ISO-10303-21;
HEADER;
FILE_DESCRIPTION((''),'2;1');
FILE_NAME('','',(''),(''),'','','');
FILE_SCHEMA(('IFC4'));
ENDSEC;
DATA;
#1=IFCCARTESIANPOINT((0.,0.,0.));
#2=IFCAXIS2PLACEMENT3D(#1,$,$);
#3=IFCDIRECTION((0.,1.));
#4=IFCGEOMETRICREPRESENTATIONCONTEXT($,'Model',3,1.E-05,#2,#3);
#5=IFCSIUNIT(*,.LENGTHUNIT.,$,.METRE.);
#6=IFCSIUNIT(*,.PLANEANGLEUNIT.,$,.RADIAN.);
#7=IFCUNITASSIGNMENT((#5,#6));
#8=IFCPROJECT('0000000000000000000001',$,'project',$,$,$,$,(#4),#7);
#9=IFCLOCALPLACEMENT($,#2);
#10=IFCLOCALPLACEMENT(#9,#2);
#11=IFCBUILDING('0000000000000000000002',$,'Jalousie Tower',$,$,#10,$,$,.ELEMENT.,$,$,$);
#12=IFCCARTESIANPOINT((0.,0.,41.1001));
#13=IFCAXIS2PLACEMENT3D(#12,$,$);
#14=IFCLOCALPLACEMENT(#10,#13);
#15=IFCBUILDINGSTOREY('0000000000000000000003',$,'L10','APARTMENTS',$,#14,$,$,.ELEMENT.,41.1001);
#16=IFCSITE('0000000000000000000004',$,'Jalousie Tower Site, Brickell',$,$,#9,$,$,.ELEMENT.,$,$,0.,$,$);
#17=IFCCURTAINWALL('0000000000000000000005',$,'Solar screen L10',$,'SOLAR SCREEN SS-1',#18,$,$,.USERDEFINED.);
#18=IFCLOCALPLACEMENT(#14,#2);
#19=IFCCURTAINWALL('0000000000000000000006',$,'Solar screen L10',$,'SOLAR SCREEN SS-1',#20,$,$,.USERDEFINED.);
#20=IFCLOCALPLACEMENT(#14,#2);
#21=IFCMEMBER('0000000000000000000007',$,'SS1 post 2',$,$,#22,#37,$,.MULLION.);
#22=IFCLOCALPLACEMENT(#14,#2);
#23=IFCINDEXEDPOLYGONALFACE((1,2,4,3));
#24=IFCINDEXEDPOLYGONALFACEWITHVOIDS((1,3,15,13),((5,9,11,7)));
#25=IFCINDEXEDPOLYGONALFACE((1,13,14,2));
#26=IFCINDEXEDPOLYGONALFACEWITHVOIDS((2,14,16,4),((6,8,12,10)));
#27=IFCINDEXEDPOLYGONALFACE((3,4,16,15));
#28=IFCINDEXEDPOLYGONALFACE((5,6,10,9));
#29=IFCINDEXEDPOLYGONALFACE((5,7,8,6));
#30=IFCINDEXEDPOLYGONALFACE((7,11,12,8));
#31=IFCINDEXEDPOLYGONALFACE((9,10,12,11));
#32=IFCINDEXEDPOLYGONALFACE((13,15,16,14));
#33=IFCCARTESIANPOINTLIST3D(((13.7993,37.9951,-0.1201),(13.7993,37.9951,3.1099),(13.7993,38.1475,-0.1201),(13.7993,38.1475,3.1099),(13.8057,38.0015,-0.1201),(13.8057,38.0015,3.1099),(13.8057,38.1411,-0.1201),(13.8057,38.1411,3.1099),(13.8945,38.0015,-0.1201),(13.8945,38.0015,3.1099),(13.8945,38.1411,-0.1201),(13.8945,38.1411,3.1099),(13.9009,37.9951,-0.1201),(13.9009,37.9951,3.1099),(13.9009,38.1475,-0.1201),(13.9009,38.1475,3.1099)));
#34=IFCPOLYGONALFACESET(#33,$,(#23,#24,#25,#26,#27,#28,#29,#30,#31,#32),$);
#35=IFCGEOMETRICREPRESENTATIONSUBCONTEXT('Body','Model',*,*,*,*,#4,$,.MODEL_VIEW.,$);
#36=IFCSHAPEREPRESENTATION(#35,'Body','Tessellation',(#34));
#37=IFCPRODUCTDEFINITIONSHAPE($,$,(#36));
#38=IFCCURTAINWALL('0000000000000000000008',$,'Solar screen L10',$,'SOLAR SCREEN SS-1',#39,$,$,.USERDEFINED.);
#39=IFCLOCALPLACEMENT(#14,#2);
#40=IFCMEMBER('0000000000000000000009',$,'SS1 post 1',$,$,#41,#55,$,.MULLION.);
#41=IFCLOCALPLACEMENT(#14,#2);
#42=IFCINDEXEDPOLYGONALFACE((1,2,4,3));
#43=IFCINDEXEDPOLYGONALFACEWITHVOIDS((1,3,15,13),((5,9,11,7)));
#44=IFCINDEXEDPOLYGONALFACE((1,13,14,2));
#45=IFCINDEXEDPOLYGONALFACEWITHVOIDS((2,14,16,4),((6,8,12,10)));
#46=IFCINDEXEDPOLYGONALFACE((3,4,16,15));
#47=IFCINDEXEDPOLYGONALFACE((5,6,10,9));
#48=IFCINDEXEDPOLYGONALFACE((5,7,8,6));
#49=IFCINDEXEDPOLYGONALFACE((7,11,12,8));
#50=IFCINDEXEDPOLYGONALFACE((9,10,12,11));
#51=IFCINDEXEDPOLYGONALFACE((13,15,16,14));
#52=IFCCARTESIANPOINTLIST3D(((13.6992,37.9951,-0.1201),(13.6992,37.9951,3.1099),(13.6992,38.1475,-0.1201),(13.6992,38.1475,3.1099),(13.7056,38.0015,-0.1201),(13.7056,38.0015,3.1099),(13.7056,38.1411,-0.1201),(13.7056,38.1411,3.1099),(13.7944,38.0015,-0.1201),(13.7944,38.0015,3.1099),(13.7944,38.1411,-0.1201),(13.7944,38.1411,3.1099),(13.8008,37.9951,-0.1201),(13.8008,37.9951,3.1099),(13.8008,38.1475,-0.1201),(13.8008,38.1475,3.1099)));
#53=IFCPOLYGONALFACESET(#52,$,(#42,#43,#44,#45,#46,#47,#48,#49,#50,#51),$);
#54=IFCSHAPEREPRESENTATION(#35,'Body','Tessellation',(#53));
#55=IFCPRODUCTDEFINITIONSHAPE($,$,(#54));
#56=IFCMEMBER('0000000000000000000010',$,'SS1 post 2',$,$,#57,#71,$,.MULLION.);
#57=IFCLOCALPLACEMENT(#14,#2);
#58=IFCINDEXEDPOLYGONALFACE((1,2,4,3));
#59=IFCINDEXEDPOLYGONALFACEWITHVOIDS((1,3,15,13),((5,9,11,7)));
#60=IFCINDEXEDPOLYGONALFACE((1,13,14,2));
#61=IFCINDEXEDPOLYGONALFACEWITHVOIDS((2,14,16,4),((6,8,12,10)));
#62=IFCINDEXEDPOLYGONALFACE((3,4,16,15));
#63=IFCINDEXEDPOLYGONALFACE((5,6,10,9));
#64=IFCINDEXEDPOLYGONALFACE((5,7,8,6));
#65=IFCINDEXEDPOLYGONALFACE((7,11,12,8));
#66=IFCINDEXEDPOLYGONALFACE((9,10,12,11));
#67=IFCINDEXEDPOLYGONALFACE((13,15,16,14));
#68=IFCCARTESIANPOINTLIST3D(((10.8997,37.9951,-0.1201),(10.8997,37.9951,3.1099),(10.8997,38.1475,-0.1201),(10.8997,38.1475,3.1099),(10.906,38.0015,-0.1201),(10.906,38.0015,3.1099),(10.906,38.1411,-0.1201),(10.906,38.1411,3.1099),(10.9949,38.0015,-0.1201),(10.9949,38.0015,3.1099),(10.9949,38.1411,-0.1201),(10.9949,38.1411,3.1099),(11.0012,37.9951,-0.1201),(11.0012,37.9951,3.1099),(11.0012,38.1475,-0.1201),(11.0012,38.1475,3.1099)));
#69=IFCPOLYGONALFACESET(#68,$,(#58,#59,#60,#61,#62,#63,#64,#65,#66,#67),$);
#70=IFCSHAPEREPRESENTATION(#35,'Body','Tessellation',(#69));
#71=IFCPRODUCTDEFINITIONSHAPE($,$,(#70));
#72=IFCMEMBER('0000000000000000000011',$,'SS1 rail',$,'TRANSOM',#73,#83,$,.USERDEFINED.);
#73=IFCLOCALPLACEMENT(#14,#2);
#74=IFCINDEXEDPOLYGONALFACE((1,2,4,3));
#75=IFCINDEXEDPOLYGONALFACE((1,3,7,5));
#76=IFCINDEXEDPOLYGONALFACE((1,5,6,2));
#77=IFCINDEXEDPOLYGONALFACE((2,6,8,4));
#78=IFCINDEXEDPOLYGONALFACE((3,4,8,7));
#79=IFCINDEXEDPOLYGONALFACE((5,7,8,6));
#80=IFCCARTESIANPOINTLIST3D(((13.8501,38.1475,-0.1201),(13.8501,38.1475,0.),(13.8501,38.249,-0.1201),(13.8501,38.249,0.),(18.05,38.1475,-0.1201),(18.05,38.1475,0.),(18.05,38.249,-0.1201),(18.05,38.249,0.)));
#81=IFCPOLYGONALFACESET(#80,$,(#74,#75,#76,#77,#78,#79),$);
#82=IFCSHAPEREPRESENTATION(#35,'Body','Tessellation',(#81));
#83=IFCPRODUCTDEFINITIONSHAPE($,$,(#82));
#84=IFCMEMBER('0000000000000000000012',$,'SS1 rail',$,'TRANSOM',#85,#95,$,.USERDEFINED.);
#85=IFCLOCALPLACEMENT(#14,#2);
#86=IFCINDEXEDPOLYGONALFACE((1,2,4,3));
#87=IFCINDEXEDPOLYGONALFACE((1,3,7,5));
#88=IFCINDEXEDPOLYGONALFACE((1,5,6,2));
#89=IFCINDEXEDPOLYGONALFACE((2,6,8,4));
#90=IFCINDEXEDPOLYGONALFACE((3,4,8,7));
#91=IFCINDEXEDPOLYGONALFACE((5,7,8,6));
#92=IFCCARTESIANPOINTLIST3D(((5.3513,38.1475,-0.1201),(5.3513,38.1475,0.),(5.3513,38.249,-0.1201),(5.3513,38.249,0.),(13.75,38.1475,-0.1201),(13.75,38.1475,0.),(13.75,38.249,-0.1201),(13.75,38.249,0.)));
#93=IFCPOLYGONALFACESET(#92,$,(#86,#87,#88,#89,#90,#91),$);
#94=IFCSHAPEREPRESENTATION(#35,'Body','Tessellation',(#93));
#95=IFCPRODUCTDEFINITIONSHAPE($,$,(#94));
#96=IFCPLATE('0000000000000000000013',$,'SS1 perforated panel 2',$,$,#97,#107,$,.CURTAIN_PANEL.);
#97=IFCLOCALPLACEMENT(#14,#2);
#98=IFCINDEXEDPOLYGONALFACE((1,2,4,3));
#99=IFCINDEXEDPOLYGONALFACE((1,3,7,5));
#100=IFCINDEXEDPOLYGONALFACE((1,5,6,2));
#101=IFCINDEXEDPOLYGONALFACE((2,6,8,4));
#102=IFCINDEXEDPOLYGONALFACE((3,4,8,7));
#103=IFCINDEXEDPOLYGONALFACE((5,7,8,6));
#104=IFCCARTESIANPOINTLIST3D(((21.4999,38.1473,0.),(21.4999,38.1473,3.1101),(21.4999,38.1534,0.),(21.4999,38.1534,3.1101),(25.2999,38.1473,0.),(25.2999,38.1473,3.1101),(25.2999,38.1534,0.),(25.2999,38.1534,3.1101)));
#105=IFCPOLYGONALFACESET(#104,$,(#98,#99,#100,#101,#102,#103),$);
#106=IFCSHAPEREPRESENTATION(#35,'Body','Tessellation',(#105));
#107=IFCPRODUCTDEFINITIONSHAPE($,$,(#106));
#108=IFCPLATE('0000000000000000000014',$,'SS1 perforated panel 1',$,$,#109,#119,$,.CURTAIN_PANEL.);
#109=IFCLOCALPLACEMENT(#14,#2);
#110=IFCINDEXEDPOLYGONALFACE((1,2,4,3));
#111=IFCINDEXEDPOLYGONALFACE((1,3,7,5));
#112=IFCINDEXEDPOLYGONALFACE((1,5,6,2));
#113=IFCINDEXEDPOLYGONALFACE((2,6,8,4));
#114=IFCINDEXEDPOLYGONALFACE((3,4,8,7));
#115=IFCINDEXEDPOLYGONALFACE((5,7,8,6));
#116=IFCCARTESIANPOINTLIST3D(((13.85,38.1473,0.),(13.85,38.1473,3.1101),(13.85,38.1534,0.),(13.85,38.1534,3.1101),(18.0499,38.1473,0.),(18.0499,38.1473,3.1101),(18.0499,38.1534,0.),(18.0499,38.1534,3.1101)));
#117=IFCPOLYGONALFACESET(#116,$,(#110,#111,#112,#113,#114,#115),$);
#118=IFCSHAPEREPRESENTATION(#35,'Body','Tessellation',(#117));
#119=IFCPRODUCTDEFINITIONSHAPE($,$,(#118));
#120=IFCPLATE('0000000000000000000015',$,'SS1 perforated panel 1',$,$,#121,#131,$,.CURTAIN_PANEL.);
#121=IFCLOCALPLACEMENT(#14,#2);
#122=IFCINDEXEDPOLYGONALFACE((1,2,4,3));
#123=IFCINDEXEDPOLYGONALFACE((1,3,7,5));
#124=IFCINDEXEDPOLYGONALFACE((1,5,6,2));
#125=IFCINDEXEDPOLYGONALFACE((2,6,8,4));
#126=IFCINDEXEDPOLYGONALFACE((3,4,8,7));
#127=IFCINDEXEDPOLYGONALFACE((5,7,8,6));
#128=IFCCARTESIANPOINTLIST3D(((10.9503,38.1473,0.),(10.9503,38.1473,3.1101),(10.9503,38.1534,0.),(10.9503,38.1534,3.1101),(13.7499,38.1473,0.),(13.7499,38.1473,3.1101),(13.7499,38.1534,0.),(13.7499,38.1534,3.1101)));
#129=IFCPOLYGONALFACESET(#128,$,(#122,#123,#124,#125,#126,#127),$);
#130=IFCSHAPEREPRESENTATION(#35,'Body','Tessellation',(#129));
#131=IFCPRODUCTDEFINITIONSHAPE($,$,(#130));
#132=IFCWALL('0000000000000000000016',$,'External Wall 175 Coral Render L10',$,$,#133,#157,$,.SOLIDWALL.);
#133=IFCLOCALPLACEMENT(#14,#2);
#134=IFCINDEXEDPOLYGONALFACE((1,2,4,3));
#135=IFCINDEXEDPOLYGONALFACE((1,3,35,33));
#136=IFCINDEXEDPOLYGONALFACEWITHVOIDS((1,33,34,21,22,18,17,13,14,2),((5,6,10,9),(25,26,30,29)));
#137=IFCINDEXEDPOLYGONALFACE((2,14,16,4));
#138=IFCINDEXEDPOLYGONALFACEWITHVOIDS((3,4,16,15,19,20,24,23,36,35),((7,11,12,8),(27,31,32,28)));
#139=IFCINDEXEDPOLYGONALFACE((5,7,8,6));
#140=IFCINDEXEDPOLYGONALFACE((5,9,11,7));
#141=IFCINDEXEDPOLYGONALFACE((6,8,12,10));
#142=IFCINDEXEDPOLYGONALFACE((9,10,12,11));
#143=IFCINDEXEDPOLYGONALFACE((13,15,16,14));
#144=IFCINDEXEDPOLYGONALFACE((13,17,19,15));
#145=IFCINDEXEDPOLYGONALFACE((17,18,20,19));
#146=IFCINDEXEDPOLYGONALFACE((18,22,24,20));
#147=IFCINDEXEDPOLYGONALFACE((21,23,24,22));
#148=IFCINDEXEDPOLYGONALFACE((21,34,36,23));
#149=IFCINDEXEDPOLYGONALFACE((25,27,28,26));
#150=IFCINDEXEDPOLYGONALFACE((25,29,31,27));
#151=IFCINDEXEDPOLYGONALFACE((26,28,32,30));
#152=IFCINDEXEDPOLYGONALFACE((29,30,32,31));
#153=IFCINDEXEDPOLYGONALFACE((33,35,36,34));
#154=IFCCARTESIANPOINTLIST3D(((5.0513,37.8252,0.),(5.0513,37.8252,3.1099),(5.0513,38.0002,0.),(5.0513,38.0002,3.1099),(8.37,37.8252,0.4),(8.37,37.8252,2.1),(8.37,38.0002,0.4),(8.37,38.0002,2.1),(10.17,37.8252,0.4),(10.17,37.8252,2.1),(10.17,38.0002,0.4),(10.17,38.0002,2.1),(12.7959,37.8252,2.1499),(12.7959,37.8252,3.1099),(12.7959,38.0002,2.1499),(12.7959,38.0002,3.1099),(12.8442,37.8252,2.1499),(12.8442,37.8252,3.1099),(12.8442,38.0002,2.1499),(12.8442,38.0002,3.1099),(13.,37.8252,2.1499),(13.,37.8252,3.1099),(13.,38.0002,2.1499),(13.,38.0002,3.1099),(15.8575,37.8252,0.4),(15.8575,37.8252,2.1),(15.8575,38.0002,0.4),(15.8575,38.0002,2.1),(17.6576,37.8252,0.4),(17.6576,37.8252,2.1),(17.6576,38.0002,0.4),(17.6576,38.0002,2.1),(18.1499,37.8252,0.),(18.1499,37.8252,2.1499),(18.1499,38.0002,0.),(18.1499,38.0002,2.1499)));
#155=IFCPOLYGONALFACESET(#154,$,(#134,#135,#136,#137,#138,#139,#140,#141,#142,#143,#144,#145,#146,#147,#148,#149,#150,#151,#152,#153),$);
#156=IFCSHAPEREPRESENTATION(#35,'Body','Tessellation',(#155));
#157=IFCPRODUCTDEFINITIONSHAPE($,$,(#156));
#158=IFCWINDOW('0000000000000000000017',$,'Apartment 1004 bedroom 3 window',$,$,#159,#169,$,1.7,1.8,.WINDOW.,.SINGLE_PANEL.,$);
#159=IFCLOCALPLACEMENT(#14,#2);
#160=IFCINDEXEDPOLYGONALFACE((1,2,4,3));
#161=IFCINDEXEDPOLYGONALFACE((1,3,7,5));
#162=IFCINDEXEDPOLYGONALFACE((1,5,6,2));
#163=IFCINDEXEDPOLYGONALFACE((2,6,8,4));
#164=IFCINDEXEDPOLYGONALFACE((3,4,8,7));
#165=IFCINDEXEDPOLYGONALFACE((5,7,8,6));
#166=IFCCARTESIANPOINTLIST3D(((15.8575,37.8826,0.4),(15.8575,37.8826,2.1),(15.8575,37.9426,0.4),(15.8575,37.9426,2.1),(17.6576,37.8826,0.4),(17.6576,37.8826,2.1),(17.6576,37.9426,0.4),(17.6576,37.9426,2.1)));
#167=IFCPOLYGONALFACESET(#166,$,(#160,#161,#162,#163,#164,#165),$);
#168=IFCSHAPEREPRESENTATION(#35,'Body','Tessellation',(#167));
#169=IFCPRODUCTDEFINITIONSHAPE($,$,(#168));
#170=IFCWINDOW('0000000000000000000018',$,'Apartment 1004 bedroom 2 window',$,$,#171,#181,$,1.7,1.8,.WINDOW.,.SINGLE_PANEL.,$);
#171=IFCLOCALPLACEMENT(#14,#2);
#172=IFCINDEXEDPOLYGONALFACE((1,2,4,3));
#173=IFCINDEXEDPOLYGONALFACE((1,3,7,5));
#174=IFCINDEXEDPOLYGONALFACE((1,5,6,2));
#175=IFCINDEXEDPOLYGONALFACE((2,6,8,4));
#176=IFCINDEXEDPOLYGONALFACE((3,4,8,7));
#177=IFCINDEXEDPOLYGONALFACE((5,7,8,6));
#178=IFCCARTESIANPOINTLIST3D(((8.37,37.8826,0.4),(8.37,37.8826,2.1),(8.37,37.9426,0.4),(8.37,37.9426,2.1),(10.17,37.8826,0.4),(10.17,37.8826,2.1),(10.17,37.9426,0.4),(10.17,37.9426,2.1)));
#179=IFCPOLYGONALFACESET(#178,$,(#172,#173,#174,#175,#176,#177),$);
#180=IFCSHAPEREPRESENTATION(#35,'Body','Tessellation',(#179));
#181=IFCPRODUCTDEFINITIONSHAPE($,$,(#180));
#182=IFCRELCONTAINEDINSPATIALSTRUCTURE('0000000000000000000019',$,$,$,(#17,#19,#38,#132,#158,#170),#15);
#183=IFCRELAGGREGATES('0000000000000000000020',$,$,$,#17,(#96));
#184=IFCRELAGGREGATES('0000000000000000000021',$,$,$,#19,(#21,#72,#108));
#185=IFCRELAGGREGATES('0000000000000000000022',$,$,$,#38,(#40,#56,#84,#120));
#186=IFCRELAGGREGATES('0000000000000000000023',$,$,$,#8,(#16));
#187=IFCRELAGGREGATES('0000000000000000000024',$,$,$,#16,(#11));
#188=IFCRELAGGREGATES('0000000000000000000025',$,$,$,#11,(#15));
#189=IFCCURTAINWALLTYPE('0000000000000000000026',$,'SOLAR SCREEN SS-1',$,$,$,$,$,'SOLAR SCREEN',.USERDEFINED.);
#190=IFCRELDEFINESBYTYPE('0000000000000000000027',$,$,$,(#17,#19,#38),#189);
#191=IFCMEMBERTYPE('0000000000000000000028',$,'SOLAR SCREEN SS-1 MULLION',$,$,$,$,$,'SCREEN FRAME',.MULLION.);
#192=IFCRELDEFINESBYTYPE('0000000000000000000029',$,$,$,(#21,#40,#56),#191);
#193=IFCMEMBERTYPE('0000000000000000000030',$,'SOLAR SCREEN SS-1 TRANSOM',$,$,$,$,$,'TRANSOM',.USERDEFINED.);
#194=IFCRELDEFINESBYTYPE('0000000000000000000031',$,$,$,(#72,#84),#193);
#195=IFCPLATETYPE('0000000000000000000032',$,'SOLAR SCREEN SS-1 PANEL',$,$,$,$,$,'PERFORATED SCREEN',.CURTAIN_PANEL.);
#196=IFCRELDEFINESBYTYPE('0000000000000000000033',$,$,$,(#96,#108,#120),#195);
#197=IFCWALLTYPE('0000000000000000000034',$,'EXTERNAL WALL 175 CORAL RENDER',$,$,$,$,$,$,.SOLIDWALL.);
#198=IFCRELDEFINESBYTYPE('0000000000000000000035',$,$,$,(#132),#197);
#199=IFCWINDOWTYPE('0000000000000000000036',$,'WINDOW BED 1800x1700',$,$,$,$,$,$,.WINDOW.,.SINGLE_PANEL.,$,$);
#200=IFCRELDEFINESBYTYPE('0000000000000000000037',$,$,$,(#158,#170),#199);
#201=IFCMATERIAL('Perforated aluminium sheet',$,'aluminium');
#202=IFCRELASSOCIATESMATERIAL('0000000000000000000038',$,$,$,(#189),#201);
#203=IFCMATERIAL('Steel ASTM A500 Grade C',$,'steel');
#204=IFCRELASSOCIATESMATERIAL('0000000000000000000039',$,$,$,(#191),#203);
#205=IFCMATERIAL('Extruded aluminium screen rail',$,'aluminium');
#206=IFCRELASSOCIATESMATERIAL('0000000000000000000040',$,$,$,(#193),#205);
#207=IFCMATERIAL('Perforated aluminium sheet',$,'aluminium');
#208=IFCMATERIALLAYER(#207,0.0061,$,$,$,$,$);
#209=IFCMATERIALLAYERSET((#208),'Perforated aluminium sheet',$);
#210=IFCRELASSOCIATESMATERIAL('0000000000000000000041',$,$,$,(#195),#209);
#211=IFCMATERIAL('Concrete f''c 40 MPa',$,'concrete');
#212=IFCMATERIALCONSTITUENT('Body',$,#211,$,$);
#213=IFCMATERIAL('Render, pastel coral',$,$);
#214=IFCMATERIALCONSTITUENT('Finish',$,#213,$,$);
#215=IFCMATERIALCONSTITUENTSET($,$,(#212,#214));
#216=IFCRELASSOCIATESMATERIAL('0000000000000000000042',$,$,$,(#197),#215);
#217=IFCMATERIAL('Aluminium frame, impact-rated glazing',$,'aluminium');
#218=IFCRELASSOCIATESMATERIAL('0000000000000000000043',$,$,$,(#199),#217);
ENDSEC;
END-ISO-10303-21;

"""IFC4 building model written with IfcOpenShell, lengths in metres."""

from ifc_helpers import new_model, si_unit, direction, frame, frame_2d, origin, origin_2d, place, context, subcontext, project, spatial, polyline, rectangle, hollow_rectangle, outline, extrude, material, layer, layer_set, constituent, constituent_set, material_profile, profile_set, type_object, element, fill, aggregate, save


model = new_model("IFC4")

# Units and contexts
model_context = context("Model", 3, precision=1e-05, world=origin(), true_north=direction((0.0, 1.0)))
body_context = subcontext(model_context, "Body", "Model", "MODEL_VIEW")
ifc_project = project(units=[si_unit("LENGTHUNIT", "METRE"), si_unit("PLANEANGLEUNIT", "RADIAN")], contexts=[model_context])

# Site, building, storey
site_placement = place(None, origin())
site = spatial("IfcSite", under=ifc_project, at=site_placement, Name="Jalousie Tower Site, Brickell", CompositionType="ELEMENT", RefElevation=0.0)
building_placement = place(site_placement, origin())
building = spatial("IfcBuilding", under=site, at=building_placement, Name="Jalousie Tower", CompositionType="ELEMENT")
storey_placement = place(building_placement, frame((0.0, 0.0, 41.1001)))
storey = spatial("IfcBuildingStorey", under=building, at=storey_placement, Name="L10", Description="APARTMENTS", CompositionType="ELEMENT", Elevation=41.1001)

# Curtain wall
ifc_material_1 = material(Name="Perforated aluminium sheet", Category="aluminium")
curtain_wall_type = type_object("IfcCurtainWallType", Name="SOLAR SCREEN SS-1", ElementType="SOLAR SCREEN", PredefinedType="USERDEFINED", material=ifc_material_1)
curtain_wall_1_placement = place(storey_placement, origin())
curtain_wall_1 = element("IfcCurtainWall", 1, at=curtain_wall_1_placement, inside=storey, type_object=curtain_wall_type, Name="Solar screen L10", ObjectType="SOLAR SCREEN SS-1", PredefinedType="USERDEFINED")
ifc_material_2 = material(Name="Steel ASTM A500 Grade C", Category="steel")
ifc_material_profile_1 = material_profile(ifc_material_2, hollow_rectangle(XDim=0.1016, YDim=0.1523, WallThickness=0.0063, at=origin_2d()), Name="HSS6X4X1/4")
ifc_profile_set_1 = profile_set([ifc_material_profile_1], Name="Steel ASTM A500 Grade C")
member_type_1 = type_object("IfcMemberType", Name="SOLAR SCREEN SS-1 MULLION", ElementType="SCREEN FRAME", PredefinedType="MULLION", material=ifc_profile_set_1)

# Curtain walls, members
curtain_wall_2_placement = place(storey_placement, origin())
curtain_wall_2 = element("IfcCurtainWall", 2, at=curtain_wall_2_placement, inside=storey, type_object=curtain_wall_type, Name="Solar screen L10", ObjectType="SOLAR SCREEN SS-1", PredefinedType="USERDEFINED")
member_1_placement = place(storey_placement, frame((13.8501, 38.0713, -0.1201), z_axis=(0.0, 0.0, 1.0), x_axis=(-1.0, 0.0, 0.0)))
member_1 = element("IfcMember", 3, at=member_1_placement, type_object=member_type_1, Name="SS1 post 2", PredefinedType="MULLION", context=body_context, shape_type="SweptSolid", body=[
    extrude(hollow_rectangle(XDim=0.1016, YDim=0.1523, WallThickness=0.0063, at=origin_2d()), origin(), (0.0, 0.0, 1.0), 3.23),
])
curtain_wall_3_placement = place(storey_placement, origin())
curtain_wall_3 = element("IfcCurtainWall", 4, at=curtain_wall_3_placement, inside=storey, type_object=curtain_wall_type, Name="Solar screen L10", ObjectType="SOLAR SCREEN SS-1", PredefinedType="USERDEFINED")
member_2_placement = place(storey_placement, frame((13.75, 38.0713, -0.1201), z_axis=(0.0, 0.0, 1.0), x_axis=(-1.0, 0.0, 0.0)))
member_2 = element("IfcMember", 5, at=member_2_placement, type_object=member_type_1, Name="SS1 post 1", PredefinedType="MULLION", context=body_context, shape_type="SweptSolid", body=[
    extrude(hollow_rectangle(XDim=0.1016, YDim=0.1523, WallThickness=0.0063, at=origin_2d()), origin(), (0.0, 0.0, 1.0), 3.23),
])
member_3_placement = place(storey_placement, frame((10.9504, 38.0713, -0.1201), z_axis=(0.0, 0.0, 1.0), x_axis=(-1.0, 0.0, 0.0)))
member_3 = element("IfcMember", 6, at=member_3_placement, type_object=member_type_1, Name="SS1 post 2", PredefinedType="MULLION", context=body_context, shape_type="SweptSolid", body=[
    extrude(hollow_rectangle(XDim=0.1016, YDim=0.1523, WallThickness=0.0063, at=origin_2d()), origin(), (0.0, 0.0, 1.0), 3.23),
])

# Members
ifc_material_3 = material(Name="Extruded aluminium screen rail", Category="aluminium")
ifc_material_profile_2 = material_profile(ifc_material_3, rectangle(XDim=0.1016, YDim=0.1201, at=origin_2d()), Name="RAIL 102x120")
ifc_profile_set_2 = profile_set([ifc_material_profile_2], Name="Extruded aluminium screen rail")
member_type_2 = type_object("IfcMemberType", Name="SOLAR SCREEN SS-1 TRANSOM", ElementType="TRANSOM", PredefinedType="USERDEFINED", material=ifc_profile_set_2)
member_4_placement = place(storey_placement, frame((18.05, 38.1982, -0.0601), z_axis=(-1.0, 0.0, 0.0), x_axis=(0.0, -1.0, 0.0)))
member_4 = element("IfcMember", 7, at=member_4_placement, type_object=member_type_2, Name="SS1 rail", ObjectType="TRANSOM", PredefinedType="USERDEFINED", context=body_context, shape_type="SweptSolid", body=[
    extrude(rectangle(XDim=0.1016, YDim=0.1201, at=origin_2d()), origin(), (0.0, 0.0, 1.0), 4.2),
])
member_5_placement = place(storey_placement, frame((13.75, 38.1982, -0.0601), z_axis=(-1.0, 0.0, 0.0), x_axis=(0.0, -1.0, 0.0)))
member_5 = element("IfcMember", 8, at=member_5_placement, type_object=member_type_2, Name="SS1 rail", ObjectType="TRANSOM", PredefinedType="USERDEFINED", context=body_context, shape_type="SweptSolid", body=[
    extrude(rectangle(XDim=0.1016, YDim=0.1201, at=origin_2d()), origin(), (0.0, 0.0, 1.0), 8.3987),
])

# Plates
ifc_material_4 = material(Name="Perforated aluminium sheet", Category="aluminium")
ifc_layer_1 = layer(ifc_material_4, 0.0061)
ifc_layer_set_1 = layer_set([ifc_layer_1], Name="Perforated aluminium sheet")
plate_type = type_object("IfcPlateType", Name="SOLAR SCREEN SS-1 PANEL", ElementType="PERFORATED SCREEN", PredefinedType="CURTAIN_PANEL", material=ifc_layer_set_1)
plate_1_placement = place(storey_placement, frame((23.3999, 38.1504, 0.0), z_axis=(0.0, 0.0, 1.0), x_axis=(-1.0, 0.0, 0.0)))
plate_1 = element("IfcPlate", 9, at=plate_1_placement, type_object=plate_type, Name="SS1 perforated panel 2", PredefinedType="CURTAIN_PANEL", context=body_context, shape_type="SweptSolid", body=[
    extrude(rectangle(XDim=3.8, YDim=0.0061, at=origin_2d()), origin(), (0.0, 0.0, 1.0), 3.1101),
])
aggregate(curtain_wall_1, [plate_1])
plate_2_placement = place(storey_placement, frame((15.95, 38.1504, 0.0), z_axis=(0.0, 0.0, 1.0), x_axis=(-1.0, 0.0, 0.0)))
plate_2 = element("IfcPlate", 10, at=plate_2_placement, type_object=plate_type, Name="SS1 perforated panel 1", PredefinedType="CURTAIN_PANEL", context=body_context, shape_type="SweptSolid", body=[
    extrude(rectangle(XDim=4.2, YDim=0.0061, at=origin_2d()), origin(), (0.0, 0.0, 1.0), 3.1101),
])
aggregate(curtain_wall_2, [member_1, member_4, plate_2])
plate_3_placement = place(storey_placement, frame((12.3501, 38.1504, 0.0), z_axis=(0.0, 0.0, 1.0), x_axis=(-1.0, 0.0, 0.0)))
plate_3 = element("IfcPlate", 11, at=plate_3_placement, type_object=plate_type, Name="SS1 perforated panel 1", PredefinedType="CURTAIN_PANEL", context=body_context, shape_type="SweptSolid", body=[
    extrude(rectangle(XDim=2.7996, YDim=0.0061, at=origin_2d()), origin(), (0.0, 0.0, 1.0), 3.1101),
])
aggregate(curtain_wall_3, [member_2, member_3, member_5, plate_3])

# Wall, openings, windows
ifc_material_5 = material(Name="Concrete f'c 40 MPa", Category="concrete")
ifc_constituent_1 = constituent(ifc_material_5, Name="Body")
ifc_material_6 = material(Name="Render, pastel coral")
ifc_constituent_2 = constituent(ifc_material_6, Name="Finish")
ifc_constituent_set_1 = constituent_set(constituents=[ifc_constituent_1, ifc_constituent_2])
wall_type_1 = type_object("IfcWallType", Name="EXTERNAL WALL 175 CORAL RENDER", PredefinedType="SOLIDWALL", material=ifc_constituent_set_1)
wall_1_placement = place(storey_placement, frame((18.1499, 37.9126, 0.0), z_axis=(0.0, 0.0, 1.0), x_axis=(-1.0, 0.0, 0.0)))
wall_1 = element("IfcWall", 12, at=wall_1_placement, inside=storey, type_object=wall_type_1, Name="External Wall 175 Coral Render L10", PredefinedType="SOLIDWALL", context=body_context, shape_type="SweptSolid", body=[
    extrude(outline(polyline([(0.0, 0.0), (13.0986, 0.0), (13.0986, 3.1099), (5.354, 3.1099), (5.354, 2.1499), (5.3057, 2.1499), (5.3057, 3.1099), (5.1499, 3.1099), (5.1499, 2.1499), (0.0, 2.1499), (0.0, 0.0)])), frame((0.0, 0.0874, 0.0), z_axis=(0.0, -1.0, 0.0), x_axis=(1.0, 0.0, 0.0)), (0.0, 0.0, 1.0), 0.175),
])
opening_1_placement = place(wall_1_placement, frame((0.4924, 0.0, 0.3999)))
opening_1 = element("IfcOpeningElement", 13, at=opening_1_placement, cuts=wall_1, PredefinedType="OPENING", context=body_context, shape_type="SweptSolid", body=[
    extrude(rectangle(XDim=1.8, YDim=1.7, at=frame_2d((0.8999, 0.8501))), frame((0.0, 0.0974, 0.0), z_axis=(0.0, -1.0, 0.0), x_axis=(1.0, 0.0, 0.0)), (0.0, 0.0, 1.0), 0.1951),
])
opening_2_placement = place(wall_1_placement, frame((7.98, 0.0, 0.3999)))
opening_2 = element("IfcOpeningElement", 14, at=opening_2_placement, cuts=wall_1, PredefinedType="OPENING", context=body_context, shape_type="SweptSolid", body=[
    extrude(rectangle(XDim=1.8, YDim=1.7, at=frame_2d((0.8999, 0.8501))), frame((0.0, 0.0974, 0.0), z_axis=(0.0, -1.0, 0.0), x_axis=(1.0, 0.0, 0.0)), (0.0, 0.0, 1.0), 0.1951),
])
ifc_material_7 = material(Name="Aluminium frame, impact-rated glazing", Category="aluminium")
window_type = type_object("IfcWindowType", Name="WINDOW BED 1800x1700", PartitioningType="SINGLE_PANEL", PredefinedType="WINDOW", material=ifc_material_7)
window_1_placement = place(opening_1_placement, origin())
window_1 = element("IfcWindow", 15, at=window_1_placement, inside=storey, type_object=window_type, Name="Apartment 1004 bedroom 3 window", OverallHeight=1.7, OverallWidth=1.8, PartitioningType="SINGLE_PANEL", PredefinedType="WINDOW", context=body_context, shape_type="SweptSolid", body=[
    extrude(rectangle(XDim=1.8, YDim=1.7, at=frame_2d((0.8999, 0.8501))), frame((0.0, 0.03, 0.0), z_axis=(0.0, -1.0, 0.0), x_axis=(1.0, 0.0, 0.0)), (0.0, 0.0, 1.0), 0.0601),
])
fill(opening_1, window_1)
window_2_placement = place(opening_2_placement, origin())
window_2 = element("IfcWindow", 16, at=window_2_placement, inside=storey, type_object=window_type, Name="Apartment 1004 bedroom 2 window", OverallHeight=1.7, OverallWidth=1.8, PartitioningType="SINGLE_PANEL", PredefinedType="WINDOW", context=body_context, shape_type="SweptSolid", body=[
    extrude(rectangle(XDim=1.8, YDim=1.7, at=frame_2d((0.8999, 0.8501))), frame((0.0, 0.03, 0.0), z_axis=(0.0, -1.0, 0.0), x_axis=(1.0, 0.0, 0.0)), (0.0, 0.0, 1.0), 0.0601),
])
fill(opening_2, window_2)

save(model, "model.ifc")
